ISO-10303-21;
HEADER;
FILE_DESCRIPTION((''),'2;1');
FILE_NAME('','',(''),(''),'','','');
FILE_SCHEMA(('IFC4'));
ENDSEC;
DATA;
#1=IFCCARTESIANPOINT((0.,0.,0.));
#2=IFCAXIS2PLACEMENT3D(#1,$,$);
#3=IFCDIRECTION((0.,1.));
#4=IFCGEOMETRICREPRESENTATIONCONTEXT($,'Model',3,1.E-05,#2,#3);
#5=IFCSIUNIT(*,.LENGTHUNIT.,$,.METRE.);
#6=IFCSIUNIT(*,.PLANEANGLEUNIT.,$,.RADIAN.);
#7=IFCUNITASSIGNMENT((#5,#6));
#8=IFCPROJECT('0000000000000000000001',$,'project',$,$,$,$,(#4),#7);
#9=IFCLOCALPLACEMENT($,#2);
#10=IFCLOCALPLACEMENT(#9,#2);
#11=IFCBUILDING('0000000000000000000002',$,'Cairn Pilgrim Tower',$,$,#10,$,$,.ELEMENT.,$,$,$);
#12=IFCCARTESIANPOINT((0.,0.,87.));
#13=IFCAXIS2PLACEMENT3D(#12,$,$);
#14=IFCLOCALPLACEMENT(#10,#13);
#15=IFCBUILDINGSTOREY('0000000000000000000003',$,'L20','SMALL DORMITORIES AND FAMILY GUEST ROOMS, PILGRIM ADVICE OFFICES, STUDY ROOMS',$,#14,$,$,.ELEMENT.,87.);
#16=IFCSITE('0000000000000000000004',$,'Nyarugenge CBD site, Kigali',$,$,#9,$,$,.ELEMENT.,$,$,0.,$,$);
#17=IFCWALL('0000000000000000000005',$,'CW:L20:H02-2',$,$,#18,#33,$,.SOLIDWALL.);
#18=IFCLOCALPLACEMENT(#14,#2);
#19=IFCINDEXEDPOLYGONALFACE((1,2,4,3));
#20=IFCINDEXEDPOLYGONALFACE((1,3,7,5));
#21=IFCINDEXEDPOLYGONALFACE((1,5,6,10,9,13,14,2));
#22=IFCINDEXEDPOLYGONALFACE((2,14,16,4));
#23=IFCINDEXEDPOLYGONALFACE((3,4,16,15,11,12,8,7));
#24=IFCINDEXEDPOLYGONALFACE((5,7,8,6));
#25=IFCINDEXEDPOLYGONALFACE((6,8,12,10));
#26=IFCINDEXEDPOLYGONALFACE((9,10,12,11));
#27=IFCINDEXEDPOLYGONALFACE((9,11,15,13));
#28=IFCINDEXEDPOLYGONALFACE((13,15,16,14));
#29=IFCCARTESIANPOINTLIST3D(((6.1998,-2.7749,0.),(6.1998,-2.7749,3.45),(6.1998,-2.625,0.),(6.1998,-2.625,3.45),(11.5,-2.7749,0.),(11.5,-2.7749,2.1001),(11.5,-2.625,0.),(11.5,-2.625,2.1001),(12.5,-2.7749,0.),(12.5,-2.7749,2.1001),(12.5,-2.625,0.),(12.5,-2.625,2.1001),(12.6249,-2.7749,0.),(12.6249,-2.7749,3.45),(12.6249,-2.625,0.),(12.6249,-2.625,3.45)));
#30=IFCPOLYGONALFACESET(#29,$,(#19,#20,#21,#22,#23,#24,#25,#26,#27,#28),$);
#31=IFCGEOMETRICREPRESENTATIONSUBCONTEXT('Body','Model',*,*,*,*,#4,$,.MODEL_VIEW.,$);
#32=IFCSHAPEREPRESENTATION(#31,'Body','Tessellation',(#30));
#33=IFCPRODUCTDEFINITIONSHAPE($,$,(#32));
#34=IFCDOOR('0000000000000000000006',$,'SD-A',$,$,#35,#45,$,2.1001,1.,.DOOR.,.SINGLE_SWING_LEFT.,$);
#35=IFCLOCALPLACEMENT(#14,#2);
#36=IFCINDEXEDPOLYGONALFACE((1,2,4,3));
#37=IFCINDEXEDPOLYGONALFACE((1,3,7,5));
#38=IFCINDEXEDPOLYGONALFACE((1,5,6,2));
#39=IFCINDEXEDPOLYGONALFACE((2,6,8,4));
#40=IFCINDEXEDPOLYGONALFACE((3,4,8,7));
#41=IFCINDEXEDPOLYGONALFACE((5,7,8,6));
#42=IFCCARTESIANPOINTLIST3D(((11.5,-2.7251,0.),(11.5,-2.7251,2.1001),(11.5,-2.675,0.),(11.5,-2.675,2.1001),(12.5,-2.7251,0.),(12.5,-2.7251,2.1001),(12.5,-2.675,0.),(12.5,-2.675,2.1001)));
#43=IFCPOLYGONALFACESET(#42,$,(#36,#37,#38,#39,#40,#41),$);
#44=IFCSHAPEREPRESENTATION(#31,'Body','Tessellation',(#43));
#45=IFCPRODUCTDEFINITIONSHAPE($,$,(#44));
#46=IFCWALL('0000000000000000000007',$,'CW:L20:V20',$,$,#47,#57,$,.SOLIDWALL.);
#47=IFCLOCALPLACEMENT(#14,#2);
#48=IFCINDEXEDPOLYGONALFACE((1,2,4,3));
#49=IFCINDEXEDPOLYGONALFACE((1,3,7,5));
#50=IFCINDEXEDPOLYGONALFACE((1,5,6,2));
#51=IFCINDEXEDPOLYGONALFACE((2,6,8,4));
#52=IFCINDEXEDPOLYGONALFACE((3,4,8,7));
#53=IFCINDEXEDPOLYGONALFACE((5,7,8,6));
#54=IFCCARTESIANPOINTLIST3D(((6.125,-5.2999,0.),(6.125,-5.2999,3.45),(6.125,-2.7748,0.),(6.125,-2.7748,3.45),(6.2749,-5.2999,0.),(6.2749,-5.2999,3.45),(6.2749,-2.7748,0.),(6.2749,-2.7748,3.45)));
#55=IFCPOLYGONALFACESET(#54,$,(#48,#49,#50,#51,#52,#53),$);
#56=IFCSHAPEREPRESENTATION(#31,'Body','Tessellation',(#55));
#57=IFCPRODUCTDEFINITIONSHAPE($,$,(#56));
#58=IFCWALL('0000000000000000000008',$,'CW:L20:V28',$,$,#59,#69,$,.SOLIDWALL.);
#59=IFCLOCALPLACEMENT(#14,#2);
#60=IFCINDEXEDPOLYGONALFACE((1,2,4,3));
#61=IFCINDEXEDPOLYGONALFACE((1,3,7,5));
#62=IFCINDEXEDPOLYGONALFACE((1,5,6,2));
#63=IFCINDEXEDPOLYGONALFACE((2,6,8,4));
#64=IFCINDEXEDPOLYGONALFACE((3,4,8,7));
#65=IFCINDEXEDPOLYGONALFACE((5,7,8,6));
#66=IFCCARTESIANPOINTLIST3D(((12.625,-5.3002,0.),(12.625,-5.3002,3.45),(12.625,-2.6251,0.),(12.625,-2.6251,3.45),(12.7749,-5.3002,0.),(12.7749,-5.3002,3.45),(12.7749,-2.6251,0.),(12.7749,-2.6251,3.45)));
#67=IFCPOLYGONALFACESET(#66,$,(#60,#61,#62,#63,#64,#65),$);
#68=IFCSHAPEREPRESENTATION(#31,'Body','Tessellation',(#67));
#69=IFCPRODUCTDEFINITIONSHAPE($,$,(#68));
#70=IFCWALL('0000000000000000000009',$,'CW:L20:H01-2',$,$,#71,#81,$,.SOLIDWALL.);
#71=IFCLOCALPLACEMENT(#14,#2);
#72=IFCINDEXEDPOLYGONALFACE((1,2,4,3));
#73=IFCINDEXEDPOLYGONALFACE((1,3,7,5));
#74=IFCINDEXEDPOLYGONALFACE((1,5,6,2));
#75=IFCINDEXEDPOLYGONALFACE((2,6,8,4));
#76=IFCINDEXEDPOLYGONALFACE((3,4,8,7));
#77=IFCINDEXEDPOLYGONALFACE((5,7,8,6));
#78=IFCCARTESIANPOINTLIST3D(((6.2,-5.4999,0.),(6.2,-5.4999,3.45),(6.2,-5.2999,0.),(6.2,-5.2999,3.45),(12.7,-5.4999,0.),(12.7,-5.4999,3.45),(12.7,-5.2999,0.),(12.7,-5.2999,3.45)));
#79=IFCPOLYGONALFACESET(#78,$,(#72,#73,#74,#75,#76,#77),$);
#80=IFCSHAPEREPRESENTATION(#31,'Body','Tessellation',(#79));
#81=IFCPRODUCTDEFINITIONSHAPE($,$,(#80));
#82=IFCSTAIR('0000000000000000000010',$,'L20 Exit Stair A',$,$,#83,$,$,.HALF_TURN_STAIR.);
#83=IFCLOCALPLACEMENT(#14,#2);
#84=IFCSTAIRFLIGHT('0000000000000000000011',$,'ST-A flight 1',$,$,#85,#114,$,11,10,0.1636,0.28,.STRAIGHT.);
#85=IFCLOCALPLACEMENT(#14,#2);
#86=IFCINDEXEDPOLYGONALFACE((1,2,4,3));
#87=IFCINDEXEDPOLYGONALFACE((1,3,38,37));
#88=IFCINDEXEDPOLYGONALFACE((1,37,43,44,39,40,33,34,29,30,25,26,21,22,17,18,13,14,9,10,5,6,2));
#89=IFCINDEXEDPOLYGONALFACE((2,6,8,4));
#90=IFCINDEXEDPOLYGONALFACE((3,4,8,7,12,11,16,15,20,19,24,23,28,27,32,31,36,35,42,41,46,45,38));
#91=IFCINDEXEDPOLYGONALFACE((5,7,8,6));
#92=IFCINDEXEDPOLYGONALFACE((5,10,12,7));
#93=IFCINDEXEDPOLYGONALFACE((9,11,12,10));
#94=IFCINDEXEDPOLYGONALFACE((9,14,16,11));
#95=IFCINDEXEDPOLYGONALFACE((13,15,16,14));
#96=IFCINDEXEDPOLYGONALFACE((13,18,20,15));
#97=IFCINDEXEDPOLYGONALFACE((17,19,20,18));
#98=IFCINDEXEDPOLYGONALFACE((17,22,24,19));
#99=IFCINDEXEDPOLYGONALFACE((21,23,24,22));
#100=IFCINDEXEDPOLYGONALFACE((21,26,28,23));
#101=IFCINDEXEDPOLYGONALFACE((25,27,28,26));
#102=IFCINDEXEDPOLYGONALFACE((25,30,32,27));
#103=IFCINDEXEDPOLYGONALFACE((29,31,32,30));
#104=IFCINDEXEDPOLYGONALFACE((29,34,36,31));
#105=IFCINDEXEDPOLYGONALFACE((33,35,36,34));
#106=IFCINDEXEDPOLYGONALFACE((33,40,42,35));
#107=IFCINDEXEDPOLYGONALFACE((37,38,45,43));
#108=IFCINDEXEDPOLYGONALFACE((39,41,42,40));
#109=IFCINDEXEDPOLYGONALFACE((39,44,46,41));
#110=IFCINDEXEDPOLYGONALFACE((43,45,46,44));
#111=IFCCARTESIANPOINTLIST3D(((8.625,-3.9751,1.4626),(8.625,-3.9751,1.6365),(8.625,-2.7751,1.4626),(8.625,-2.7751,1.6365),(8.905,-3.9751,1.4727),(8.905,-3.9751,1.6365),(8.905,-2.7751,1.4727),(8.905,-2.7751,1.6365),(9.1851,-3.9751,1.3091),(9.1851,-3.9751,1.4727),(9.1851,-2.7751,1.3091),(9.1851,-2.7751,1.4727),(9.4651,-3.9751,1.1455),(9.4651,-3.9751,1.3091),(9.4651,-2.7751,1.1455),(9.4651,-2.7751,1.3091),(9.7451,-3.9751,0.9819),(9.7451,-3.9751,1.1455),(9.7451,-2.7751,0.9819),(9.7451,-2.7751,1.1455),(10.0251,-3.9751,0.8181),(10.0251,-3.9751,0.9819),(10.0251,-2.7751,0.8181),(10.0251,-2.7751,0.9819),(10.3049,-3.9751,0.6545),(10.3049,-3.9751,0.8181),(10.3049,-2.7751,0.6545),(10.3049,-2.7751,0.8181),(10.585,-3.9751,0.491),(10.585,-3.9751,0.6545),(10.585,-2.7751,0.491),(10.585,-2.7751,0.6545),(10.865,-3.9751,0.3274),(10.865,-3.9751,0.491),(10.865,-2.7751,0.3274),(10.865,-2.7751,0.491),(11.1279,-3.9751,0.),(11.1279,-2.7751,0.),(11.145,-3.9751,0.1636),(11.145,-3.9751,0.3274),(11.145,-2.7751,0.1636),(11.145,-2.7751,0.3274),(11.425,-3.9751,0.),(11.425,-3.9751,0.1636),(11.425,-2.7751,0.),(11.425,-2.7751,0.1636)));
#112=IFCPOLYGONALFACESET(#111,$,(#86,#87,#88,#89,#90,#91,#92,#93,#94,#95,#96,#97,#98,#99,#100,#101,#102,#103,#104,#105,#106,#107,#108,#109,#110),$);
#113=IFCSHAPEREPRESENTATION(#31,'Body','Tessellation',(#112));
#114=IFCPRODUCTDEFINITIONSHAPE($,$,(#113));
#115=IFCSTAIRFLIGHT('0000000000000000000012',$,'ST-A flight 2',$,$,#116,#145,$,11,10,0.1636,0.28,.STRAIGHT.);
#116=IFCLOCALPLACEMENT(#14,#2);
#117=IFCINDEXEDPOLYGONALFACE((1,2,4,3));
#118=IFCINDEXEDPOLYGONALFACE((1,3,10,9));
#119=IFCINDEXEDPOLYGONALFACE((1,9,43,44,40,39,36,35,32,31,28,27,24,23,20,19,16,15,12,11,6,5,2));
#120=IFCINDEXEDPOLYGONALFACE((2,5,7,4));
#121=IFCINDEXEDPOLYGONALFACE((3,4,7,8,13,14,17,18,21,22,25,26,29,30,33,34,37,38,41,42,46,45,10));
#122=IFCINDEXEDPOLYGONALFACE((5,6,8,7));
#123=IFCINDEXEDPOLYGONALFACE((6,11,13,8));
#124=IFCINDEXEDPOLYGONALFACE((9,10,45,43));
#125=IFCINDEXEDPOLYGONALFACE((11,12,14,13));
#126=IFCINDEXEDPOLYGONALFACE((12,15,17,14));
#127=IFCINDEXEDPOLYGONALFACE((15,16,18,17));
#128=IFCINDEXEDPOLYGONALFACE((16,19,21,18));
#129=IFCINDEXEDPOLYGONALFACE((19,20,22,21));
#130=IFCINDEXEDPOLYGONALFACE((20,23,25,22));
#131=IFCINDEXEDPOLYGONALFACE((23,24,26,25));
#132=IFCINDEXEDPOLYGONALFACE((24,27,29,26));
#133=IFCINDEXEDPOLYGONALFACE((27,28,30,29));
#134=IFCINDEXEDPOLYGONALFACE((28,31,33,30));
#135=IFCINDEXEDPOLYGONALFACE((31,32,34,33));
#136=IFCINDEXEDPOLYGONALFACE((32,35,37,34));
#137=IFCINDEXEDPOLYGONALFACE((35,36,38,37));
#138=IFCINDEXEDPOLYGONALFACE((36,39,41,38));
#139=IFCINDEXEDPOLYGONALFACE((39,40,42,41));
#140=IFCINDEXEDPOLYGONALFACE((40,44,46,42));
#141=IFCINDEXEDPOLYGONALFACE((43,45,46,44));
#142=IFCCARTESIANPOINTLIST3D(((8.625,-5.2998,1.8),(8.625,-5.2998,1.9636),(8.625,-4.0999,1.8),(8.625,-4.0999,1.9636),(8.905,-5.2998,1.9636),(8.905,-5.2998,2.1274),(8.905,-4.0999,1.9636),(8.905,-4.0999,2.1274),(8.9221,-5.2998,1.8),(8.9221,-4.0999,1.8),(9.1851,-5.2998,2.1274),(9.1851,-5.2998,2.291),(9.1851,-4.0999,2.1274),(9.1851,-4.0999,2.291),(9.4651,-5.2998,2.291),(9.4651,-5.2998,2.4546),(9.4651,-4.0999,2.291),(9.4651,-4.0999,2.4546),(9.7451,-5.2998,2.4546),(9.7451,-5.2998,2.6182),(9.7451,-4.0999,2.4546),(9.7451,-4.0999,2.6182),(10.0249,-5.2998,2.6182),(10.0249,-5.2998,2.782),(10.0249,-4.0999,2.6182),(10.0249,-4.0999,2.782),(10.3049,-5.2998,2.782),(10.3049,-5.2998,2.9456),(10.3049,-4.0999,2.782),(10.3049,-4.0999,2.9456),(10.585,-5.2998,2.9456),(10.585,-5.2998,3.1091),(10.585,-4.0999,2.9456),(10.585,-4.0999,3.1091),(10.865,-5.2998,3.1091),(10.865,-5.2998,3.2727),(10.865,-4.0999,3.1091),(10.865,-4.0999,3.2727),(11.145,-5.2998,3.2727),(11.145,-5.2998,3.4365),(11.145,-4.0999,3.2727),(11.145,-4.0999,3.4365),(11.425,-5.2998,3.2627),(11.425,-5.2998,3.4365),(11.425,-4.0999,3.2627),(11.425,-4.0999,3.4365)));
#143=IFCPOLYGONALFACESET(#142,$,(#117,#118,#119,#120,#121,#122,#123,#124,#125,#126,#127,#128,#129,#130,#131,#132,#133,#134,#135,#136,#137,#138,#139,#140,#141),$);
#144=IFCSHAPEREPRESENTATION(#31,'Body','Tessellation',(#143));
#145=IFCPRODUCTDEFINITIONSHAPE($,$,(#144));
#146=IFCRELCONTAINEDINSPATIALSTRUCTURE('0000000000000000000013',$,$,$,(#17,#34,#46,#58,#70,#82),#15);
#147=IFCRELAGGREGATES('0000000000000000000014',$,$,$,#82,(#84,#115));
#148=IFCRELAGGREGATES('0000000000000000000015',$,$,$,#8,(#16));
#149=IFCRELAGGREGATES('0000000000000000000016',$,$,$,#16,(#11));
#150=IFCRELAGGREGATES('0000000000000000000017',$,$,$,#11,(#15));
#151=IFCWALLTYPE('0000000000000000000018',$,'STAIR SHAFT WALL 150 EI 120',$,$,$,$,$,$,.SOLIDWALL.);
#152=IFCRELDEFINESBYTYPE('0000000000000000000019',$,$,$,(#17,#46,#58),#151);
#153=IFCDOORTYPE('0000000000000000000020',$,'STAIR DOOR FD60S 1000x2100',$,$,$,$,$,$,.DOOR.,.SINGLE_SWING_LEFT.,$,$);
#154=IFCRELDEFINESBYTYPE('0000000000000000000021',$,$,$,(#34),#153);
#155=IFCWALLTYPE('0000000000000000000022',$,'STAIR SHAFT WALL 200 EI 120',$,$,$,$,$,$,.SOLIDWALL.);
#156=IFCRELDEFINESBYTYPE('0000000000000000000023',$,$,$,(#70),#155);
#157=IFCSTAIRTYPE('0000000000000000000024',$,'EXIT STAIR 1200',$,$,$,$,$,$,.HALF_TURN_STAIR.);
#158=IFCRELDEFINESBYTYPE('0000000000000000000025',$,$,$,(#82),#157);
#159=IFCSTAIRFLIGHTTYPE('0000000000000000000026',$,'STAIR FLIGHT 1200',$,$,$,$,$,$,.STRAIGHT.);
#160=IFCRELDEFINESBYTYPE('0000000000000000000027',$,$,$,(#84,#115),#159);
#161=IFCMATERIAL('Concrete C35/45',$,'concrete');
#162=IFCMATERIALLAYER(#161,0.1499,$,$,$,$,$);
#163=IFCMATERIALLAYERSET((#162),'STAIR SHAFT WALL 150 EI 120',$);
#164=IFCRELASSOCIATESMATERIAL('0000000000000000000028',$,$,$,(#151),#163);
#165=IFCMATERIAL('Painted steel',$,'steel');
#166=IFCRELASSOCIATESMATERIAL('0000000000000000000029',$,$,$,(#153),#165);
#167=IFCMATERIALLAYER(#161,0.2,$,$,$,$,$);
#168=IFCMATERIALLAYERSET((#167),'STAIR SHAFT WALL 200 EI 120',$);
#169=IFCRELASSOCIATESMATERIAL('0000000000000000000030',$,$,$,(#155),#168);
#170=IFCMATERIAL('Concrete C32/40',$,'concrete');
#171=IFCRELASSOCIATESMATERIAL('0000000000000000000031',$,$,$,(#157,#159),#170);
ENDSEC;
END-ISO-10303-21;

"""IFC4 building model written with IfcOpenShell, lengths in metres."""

from ifc_helpers import new_model, si_unit, direction, frame, frame_2d, origin, place, context, subcontext, project, spatial, polyline, rectangle, outline, extrude, material, layer, layer_set, type_object, element, fill, aggregate, save


model = new_model("IFC4")

# Units and contexts
model_context = context("Model", 3, precision=1e-05, world=origin(), true_north=direction((0.0, 1.0)))
body_context = subcontext(model_context, "Body", "Model", "MODEL_VIEW")
ifc_project = project(units=[si_unit("LENGTHUNIT", "METRE"), si_unit("PLANEANGLEUNIT", "RADIAN")], contexts=[model_context])

# Site, building, storey
site_placement = place(None, origin())
site = spatial("IfcSite", under=ifc_project, at=site_placement, Name="Nyarugenge CBD site, Kigali", CompositionType="ELEMENT", RefElevation=0.0)
building_placement = place(site_placement, origin())
building = spatial("IfcBuilding", under=site, at=building_placement, Name="Cairn Pilgrim Tower", CompositionType="ELEMENT")
storey_placement = place(building_placement, frame((0.0, 0.0, 87.0)))
storey = spatial("IfcBuildingStorey", under=building, at=storey_placement, Name="L20", Description="SMALL DORMITORIES AND FAMILY GUEST ROOMS, PILGRIM ADVICE OFFICES, STUDY ROOMS", CompositionType="ELEMENT", Elevation=87.0)

# Shared definitions
ifc_material_1 = material(Name="Concrete C32/40", Category="concrete")

# Shared definitions
ifc_material_2 = material(Name="Painted steel", Category="steel")

# Wall, opening, door
ifc_material_3 = material(Name="Concrete C35/45", Category="concrete")
ifc_layer_1 = layer(ifc_material_3, 0.1499)
ifc_layer_set_1 = layer_set([ifc_layer_1], Name="STAIR SHAFT WALL 150 EI 120")
wall_type_1 = type_object("IfcWallType", Name="STAIR SHAFT WALL 150 EI 120", PredefinedType="SOLIDWALL", material=ifc_layer_set_1)
wall_1_placement = place(storey_placement, frame((6.2, -2.7, 0.0), z_axis=(0.0, 0.0, 1.0), x_axis=(1.0, 0.0, 0.0)))
wall_1 = element("IfcWall", 1, at=wall_1_placement, inside=storey, type_object=wall_type_1, Name="CW:L20:H02-2", PredefinedType="SOLIDWALL", context=body_context, shape_type="SweptSolid", body=[
    extrude(rectangle(XDim=6.425, YDim=0.1499, at=frame_2d((3.2124, 0.0))), origin(), (0.0, 0.0, 1.0), 3.45),
])
opening_1_placement = place(wall_1_placement, frame((5.3, 0.0, 0.0)))
opening_1 = element("IfcOpeningElement", 2, at=opening_1_placement, cuts=wall_1, PredefinedType="OPENING", context=body_context, shape_type="SweptSolid", body=[
    extrude(rectangle(XDim=1.0, YDim=2.1001, at=frame_2d((0.5, 1.05))), frame((0.0, 0.085, 0.0), z_axis=(0.0, -1.0, 0.0), x_axis=(1.0, 0.0, 0.0)), (0.0, 0.0, 1.0), 0.1699),
])
door_type_1 = type_object("IfcDoorType", Name="STAIR DOOR FD60S 1000x2100", OperationType="SINGLE_SWING_LEFT", PredefinedType="DOOR", material=ifc_material_2)
door_1_placement = place(opening_1_placement, origin())
door_1 = element("IfcDoor", 3, at=door_1_placement, inside=storey, type_object=door_type_1, Name="SD-A", OperationType="SINGLE_SWING_LEFT", OverallHeight=2.1001, OverallWidth=1.0, PredefinedType="DOOR", context=body_context, shape_type="SweptSolid", body=[
    extrude(rectangle(XDim=1.0, YDim=2.1001, at=frame_2d((0.5, 1.05))), frame((0.0, 0.0249, 0.0), z_axis=(0.0, -1.0, 0.0), x_axis=(1.0, 0.0, 0.0)), (0.0, 0.0, 1.0), 0.05),
])
fill(opening_1, door_1)

# Walls
wall_2_placement = place(storey_placement, frame((6.2, -5.3, 0.0), z_axis=(0.0, 0.0, 1.0), x_axis=(0.0, 1.0, 0.0)))
element("IfcWall", 4, at=wall_2_placement, inside=storey, type_object=wall_type_1, Name="CW:L20:V20", PredefinedType="SOLIDWALL", context=body_context, shape_type="SweptSolid", body=[
    extrude(rectangle(XDim=2.5251, YDim=0.1499, at=frame_2d((1.2627, 0.0))), origin(), (0.0, 0.0, 1.0), 3.45),
])
wall_3_placement = place(storey_placement, frame((12.7, -5.3, 0.0), z_axis=(0.0, 0.0, 1.0), x_axis=(0.0, 1.0, 0.0)))
element("IfcWall", 5, at=wall_3_placement, inside=storey, type_object=wall_type_1, Name="CW:L20:V28", PredefinedType="SOLIDWALL", context=body_context, shape_type="SweptSolid", body=[
    extrude(rectangle(XDim=2.675, YDim=0.1499, at=frame_2d((1.3374, 0.0))), origin(), (0.0, 0.0, 1.0), 3.45),
])
ifc_layer_2 = layer(ifc_material_3, 0.2)
ifc_layer_set_2 = layer_set([ifc_layer_2], Name="STAIR SHAFT WALL 200 EI 120")
wall_type_2 = type_object("IfcWallType", Name="STAIR SHAFT WALL 200 EI 120", PredefinedType="SOLIDWALL", material=ifc_layer_set_2)
wall_4_placement = place(storey_placement, frame((6.2, -5.3999, 0.0), z_axis=(0.0, 0.0, 1.0), x_axis=(1.0, 0.0, 0.0)))
element("IfcWall", 6, at=wall_4_placement, inside=storey, type_object=wall_type_2, Name="CW:L20:H01-2", PredefinedType="SOLIDWALL", context=body_context, shape_type="SweptSolid", body=[
    extrude(rectangle(XDim=6.5, YDim=0.2, at=frame_2d((3.25, 0.0))), origin(), (0.0, 0.0, 1.0), 3.45),
])

# Stair, stair flights
stair_type = type_object("IfcStairType", Name="EXIT STAIR 1200", PredefinedType="HALF_TURN_STAIR", material=ifc_material_1)
stair_placement = place(storey_placement, origin())
stair = element("IfcStair", 7, at=stair_placement, inside=storey, type_object=stair_type, Name="L20 Exit Stair A", PredefinedType="HALF_TURN_STAIR")
stair_flight_type = type_object("IfcStairFlightType", Name="STAIR FLIGHT 1200", PredefinedType="STRAIGHT", material=ifc_material_1)
stair_flight_1_placement = place(storey_placement, frame((11.425, -3.375, 0.0), z_axis=(0.0, 0.0, 1.0), x_axis=(-1.0, 0.0, 0.0)))
stair_flight_1 = element("IfcStairFlight", 8, at=stair_flight_1_placement, type_object=stair_flight_type, Name="ST-A flight 1", NumberOfRisers=11, NumberOfTreads=10, PredefinedType="STRAIGHT", RiserHeight=0.1636, TreadLength=0.28, context=body_context, shape_type="SweptSolid", body=[
    extrude(outline(polyline([(0.0, 0.0), (0.0, 0.1636), (0.28, 0.1636), (0.28, 0.3274), (0.5601, 0.3274), (0.5601, 0.491), (0.8401, 0.491), (0.8401, 0.6545), (1.1201, 0.6545), (1.1201, 0.8181), (1.3999, 0.8181), (1.3999, 0.9819), (1.6799, 0.9819), (1.6799, 1.1455), (1.96, 1.1455), (1.96, 1.3091), (2.24, 1.3091), (2.24, 1.4727), (2.52, 1.4727), (2.52, 1.6365), (2.8, 1.6365), (2.8, 1.8), (2.8, 1.4626), (0.2971, 0.0), (0.0, 0.0)])), frame((0.0, 0.6001, 0.0), z_axis=(0.0, -1.0, 0.0), x_axis=(1.0, 0.0, 0.0)), (0.0, 0.0, 1.0), 1.2),
])
stair_flight_2_placement = place(storey_placement, frame((8.625, -4.7, 1.8), z_axis=(0.0, 0.0, 1.0), x_axis=(1.0, 0.0, 0.0)))
stair_flight_2 = element("IfcStairFlight", 9, at=stair_flight_2_placement, type_object=stair_flight_type, Name="ST-A flight 2", NumberOfRisers=11, NumberOfTreads=10, PredefinedType="STRAIGHT", RiserHeight=0.1636, TreadLength=0.28, context=body_context, shape_type="SweptSolid", body=[
    extrude(outline(polyline([(0.0, 0.0), (0.0, 0.1636), (0.28, 0.1636), (0.28, 0.3274), (0.5601, 0.3274), (0.5601, 0.491), (0.8401, 0.491), (0.8401, 0.6545), (1.1201, 0.6545), (1.1201, 0.8181), (1.3999, 0.8181), (1.3999, 0.9819), (1.6799, 0.9819), (1.6799, 1.1455), (1.96, 1.1455), (1.96, 1.3091), (2.24, 1.3091), (2.24, 1.4727), (2.52, 1.4727), (2.52, 1.6365), (2.8, 1.6365), (2.8, 1.8), (2.8, 1.4626), (0.2971, 0.0), (0.0, 0.0)])), frame((0.0, 0.6001, 0.0), z_axis=(0.0, -1.0, 0.0), x_axis=(1.0, 0.0, 0.0)), (0.0, 0.0, 1.0), 1.2),
])
aggregate(stair, [stair_flight_1, stair_flight_2])

save(model, "model.ifc")
